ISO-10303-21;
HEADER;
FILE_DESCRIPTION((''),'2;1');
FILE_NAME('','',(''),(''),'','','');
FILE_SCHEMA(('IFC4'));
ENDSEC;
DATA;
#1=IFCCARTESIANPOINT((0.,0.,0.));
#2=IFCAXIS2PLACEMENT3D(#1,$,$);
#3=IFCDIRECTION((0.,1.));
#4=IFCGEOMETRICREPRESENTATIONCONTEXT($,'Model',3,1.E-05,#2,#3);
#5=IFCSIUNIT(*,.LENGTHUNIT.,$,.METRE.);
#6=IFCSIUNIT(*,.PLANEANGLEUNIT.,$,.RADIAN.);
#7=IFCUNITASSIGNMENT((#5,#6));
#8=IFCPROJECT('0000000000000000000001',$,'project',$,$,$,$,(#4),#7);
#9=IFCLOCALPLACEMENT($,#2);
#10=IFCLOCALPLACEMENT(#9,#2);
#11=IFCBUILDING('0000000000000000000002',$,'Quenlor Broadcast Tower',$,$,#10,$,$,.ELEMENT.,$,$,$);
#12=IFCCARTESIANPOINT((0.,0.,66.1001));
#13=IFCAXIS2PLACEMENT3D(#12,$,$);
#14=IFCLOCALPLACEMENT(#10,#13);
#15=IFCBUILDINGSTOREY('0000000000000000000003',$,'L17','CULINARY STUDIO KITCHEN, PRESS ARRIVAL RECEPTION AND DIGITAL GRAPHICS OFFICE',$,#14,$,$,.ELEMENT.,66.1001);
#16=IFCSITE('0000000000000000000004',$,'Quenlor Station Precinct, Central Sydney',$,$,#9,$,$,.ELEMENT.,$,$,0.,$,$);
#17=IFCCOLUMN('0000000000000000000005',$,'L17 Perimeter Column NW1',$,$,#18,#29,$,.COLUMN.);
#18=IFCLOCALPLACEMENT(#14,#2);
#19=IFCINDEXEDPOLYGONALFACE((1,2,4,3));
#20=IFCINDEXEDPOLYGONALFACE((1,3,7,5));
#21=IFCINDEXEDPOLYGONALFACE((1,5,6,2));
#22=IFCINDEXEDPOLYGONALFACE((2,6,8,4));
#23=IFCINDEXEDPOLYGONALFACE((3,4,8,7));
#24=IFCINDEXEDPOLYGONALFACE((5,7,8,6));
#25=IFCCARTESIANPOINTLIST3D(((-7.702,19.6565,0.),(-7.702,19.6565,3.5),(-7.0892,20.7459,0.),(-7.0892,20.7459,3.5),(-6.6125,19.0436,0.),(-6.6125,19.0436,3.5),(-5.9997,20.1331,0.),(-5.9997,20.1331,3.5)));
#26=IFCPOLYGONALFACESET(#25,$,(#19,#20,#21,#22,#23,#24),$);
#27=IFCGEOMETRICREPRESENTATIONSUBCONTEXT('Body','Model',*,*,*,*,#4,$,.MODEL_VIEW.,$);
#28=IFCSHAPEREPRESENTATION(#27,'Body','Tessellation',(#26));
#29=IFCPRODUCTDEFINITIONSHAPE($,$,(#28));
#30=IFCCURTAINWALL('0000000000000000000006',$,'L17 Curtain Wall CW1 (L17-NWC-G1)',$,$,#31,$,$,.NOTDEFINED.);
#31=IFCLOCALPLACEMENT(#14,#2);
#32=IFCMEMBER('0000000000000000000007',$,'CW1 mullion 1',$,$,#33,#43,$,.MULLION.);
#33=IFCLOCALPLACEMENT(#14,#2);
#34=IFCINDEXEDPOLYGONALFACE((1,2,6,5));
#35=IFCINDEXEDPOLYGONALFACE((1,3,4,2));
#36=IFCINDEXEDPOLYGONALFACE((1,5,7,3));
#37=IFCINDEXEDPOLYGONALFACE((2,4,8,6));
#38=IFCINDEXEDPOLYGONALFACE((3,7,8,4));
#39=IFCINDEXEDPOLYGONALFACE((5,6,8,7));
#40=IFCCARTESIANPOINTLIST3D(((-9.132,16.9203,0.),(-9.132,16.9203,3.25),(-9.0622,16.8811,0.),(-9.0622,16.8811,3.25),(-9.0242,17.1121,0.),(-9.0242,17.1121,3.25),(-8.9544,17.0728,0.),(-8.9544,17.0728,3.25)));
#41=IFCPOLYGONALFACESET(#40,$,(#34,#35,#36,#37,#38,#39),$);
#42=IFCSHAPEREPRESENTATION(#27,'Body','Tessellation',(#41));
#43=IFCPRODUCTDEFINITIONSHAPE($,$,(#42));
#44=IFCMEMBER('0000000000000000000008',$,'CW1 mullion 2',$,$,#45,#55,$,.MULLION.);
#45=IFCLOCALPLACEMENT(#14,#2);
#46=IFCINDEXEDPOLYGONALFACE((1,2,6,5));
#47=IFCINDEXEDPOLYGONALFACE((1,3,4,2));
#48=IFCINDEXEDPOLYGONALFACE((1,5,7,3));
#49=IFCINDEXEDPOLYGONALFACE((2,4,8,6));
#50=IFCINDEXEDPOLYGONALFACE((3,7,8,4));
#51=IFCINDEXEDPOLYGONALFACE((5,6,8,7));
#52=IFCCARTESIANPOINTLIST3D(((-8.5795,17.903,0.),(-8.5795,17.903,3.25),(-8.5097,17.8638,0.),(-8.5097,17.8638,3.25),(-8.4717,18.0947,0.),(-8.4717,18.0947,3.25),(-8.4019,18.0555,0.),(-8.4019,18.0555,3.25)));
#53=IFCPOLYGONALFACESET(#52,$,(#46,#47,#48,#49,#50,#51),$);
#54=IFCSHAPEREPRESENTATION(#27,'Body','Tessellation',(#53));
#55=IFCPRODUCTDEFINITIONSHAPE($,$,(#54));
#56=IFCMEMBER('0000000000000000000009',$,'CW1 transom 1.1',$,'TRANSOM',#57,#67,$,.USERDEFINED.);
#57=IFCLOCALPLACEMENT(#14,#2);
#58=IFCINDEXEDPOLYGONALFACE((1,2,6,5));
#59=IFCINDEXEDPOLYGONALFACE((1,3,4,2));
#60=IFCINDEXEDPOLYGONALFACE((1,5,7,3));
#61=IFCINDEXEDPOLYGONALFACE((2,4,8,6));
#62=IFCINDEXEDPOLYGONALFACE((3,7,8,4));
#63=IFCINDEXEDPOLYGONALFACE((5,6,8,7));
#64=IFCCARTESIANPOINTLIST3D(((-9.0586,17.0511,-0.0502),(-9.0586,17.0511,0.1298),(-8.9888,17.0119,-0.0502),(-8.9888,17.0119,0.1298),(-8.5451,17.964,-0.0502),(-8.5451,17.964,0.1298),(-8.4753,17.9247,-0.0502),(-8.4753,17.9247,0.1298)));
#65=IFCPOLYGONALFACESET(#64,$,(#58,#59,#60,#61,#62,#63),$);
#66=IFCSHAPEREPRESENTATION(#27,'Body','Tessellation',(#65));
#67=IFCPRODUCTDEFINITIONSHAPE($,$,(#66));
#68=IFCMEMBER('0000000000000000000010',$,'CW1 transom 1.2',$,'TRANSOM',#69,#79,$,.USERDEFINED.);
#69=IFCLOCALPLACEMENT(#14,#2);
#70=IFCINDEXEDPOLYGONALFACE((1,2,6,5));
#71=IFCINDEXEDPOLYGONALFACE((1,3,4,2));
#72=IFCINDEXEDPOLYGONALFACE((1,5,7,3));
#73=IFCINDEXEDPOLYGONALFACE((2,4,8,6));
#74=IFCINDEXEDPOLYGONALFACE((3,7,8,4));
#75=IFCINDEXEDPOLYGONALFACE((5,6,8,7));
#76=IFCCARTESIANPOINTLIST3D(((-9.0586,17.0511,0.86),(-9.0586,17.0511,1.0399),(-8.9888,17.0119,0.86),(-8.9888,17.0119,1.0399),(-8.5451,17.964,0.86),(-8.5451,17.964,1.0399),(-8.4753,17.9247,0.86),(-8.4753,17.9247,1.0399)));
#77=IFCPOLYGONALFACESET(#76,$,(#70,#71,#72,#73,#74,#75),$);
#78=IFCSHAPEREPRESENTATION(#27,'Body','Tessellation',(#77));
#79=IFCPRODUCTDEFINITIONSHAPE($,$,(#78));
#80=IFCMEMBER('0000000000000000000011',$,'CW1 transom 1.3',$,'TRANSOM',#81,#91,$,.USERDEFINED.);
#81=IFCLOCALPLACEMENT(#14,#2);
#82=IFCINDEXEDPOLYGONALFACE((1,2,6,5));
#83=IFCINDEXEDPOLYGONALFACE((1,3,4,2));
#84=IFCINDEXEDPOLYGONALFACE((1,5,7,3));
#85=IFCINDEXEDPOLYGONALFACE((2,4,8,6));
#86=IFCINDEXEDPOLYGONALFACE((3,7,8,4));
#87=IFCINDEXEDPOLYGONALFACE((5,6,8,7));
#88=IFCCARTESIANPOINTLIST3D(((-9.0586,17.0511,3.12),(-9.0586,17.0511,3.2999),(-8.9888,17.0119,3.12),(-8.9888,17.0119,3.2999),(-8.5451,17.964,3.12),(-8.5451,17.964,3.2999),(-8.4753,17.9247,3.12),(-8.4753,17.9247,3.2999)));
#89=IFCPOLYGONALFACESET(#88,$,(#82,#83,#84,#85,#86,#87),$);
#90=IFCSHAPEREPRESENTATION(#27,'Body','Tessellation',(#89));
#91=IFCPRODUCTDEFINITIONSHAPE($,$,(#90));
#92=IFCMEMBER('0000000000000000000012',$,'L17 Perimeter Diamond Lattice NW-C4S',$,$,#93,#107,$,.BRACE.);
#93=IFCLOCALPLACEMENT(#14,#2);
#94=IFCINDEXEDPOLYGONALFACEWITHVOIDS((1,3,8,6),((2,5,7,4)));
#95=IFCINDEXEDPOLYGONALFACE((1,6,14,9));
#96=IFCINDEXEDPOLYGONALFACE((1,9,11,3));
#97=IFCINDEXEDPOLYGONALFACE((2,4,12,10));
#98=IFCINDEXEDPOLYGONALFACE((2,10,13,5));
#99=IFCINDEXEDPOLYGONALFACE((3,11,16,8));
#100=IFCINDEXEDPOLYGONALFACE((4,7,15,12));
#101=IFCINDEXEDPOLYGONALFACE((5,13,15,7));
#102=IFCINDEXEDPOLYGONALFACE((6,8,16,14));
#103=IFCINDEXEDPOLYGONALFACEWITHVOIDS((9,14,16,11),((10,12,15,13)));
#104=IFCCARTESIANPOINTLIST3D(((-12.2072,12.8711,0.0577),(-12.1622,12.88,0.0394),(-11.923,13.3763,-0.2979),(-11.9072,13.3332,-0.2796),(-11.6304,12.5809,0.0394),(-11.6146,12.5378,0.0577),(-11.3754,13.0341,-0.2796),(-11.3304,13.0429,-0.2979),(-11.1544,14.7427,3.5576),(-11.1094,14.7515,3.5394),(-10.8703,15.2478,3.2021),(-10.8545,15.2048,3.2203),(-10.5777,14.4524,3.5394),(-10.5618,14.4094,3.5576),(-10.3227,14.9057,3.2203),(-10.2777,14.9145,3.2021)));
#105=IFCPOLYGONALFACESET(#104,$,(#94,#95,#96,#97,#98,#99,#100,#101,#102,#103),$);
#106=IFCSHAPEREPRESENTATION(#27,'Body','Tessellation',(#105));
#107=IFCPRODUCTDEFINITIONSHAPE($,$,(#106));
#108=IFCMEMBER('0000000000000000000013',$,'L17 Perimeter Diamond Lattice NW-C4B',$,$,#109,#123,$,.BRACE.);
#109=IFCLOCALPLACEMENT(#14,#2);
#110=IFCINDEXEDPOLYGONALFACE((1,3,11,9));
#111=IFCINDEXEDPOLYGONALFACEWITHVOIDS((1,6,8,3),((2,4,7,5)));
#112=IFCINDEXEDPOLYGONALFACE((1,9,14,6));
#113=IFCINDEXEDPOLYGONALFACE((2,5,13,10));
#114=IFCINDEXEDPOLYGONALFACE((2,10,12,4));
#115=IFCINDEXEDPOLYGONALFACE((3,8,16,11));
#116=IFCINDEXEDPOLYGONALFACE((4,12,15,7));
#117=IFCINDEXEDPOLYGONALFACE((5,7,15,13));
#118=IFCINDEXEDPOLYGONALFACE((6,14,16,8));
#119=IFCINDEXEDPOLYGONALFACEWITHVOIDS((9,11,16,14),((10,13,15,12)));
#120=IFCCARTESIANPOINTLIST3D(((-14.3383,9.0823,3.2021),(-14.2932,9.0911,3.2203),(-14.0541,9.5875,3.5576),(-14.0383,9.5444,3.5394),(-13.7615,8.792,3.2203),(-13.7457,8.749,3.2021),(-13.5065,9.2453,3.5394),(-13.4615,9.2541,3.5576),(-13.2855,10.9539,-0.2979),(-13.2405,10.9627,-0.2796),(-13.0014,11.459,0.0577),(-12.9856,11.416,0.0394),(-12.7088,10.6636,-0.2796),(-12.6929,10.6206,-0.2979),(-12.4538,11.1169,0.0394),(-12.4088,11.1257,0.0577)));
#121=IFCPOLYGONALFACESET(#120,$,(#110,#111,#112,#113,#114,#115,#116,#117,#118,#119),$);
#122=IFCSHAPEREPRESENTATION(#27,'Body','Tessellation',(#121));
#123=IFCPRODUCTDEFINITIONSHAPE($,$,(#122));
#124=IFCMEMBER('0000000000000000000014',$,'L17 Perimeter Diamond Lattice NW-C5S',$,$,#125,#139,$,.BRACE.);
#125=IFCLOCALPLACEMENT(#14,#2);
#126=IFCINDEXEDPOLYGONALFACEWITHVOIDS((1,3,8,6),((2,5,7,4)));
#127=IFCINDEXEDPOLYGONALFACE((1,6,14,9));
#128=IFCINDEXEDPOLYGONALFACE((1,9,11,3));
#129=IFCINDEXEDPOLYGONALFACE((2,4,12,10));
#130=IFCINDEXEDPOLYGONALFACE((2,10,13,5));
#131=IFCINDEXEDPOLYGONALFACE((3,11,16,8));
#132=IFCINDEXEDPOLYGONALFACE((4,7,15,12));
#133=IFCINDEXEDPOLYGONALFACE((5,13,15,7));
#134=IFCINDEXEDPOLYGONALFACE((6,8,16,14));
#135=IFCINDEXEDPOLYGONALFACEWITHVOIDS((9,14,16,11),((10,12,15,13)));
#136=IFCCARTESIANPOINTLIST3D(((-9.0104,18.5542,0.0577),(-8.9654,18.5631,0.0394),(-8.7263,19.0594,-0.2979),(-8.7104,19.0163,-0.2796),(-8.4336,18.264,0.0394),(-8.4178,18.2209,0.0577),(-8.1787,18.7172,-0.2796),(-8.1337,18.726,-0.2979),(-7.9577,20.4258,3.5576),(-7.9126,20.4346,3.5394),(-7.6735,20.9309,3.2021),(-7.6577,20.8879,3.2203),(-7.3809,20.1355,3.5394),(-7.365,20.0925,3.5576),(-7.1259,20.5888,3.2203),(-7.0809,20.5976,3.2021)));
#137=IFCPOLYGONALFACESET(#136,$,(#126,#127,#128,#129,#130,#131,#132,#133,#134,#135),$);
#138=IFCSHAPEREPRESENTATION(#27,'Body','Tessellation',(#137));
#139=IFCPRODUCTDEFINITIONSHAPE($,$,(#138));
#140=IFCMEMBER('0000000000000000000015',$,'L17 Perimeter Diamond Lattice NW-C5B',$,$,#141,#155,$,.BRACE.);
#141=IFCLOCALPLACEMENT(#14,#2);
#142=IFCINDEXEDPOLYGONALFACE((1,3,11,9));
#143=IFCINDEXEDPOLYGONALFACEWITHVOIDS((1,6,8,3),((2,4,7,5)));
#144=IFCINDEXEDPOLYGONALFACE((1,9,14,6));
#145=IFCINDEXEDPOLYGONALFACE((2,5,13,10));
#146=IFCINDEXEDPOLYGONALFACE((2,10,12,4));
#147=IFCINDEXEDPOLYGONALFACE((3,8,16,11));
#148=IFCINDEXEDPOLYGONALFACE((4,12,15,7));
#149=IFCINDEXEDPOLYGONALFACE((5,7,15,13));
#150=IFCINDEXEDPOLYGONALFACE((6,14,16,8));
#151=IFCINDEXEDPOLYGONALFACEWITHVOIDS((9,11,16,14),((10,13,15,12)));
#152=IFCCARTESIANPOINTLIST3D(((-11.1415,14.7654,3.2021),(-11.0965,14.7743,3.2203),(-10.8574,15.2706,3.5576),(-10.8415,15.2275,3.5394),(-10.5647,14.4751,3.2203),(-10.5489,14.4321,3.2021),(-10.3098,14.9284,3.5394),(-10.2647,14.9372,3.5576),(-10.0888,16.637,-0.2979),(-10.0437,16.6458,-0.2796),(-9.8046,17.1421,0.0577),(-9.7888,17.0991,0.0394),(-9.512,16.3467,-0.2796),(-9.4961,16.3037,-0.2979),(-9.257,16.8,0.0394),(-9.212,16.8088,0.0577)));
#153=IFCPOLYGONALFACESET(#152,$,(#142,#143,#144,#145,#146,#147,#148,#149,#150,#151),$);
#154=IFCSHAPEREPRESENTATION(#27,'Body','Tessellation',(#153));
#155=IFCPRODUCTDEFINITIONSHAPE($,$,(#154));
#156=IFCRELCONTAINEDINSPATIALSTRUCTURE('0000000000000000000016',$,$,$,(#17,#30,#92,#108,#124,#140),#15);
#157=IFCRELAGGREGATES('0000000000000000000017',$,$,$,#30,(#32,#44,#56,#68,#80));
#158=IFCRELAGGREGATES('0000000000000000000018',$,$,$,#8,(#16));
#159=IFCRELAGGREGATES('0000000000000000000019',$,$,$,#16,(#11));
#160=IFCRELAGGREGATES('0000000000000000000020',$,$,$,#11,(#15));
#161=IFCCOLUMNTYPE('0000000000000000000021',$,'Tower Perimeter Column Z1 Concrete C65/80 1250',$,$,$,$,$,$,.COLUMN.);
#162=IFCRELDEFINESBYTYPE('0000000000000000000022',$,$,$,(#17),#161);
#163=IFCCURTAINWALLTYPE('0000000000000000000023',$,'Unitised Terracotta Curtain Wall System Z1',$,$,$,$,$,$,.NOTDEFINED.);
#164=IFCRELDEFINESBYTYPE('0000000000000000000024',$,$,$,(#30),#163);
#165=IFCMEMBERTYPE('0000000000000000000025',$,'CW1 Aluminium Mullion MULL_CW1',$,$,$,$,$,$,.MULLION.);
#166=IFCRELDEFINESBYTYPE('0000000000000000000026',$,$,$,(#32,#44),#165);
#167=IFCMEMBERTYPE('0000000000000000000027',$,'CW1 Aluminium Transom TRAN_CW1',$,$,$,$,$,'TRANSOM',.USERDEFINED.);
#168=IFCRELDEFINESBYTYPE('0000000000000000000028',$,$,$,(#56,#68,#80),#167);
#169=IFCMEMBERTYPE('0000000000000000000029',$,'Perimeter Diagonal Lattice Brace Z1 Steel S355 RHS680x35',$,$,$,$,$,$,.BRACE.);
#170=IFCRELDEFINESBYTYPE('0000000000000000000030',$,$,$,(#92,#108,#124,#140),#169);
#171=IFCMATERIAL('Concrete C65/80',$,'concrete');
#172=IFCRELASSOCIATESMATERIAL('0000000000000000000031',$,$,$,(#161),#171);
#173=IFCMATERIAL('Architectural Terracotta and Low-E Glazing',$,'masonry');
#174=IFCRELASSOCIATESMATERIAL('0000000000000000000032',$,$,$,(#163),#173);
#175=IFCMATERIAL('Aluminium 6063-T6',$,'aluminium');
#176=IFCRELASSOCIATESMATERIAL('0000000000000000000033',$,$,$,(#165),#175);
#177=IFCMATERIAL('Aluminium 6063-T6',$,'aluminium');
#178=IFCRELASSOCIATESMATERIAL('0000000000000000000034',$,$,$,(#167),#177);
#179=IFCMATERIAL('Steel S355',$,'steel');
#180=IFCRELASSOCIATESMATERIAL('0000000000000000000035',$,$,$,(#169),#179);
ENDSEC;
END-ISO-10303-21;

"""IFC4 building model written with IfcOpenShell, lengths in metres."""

from ifc_helpers import new_model, si_unit, direction, frame, origin, origin_2d, place, context, subcontext, project, spatial, rectangle, hollow_rectangle, extrude, material, material_profile, profile_set, type_object, element, aggregate, save


model = new_model("IFC4")

# Units and contexts
model_context = context("Model", 3, precision=1e-05, world=origin(), true_north=direction((0.0, 1.0)))
body_context = subcontext(model_context, "Body", "Model", "MODEL_VIEW")
ifc_project = project(units=[si_unit("LENGTHUNIT", "METRE"), si_unit("PLANEANGLEUNIT", "RADIAN")], contexts=[model_context])

# Site, building, storey
site_placement = place(None, origin())
site = spatial("IfcSite", under=ifc_project, at=site_placement, Name="Quenlor Station Precinct, Central Sydney", CompositionType="ELEMENT", RefElevation=0.0)
building_placement = place(site_placement, origin())
building = spatial("IfcBuilding", under=site, at=building_placement, Name="Quenlor Broadcast Tower", CompositionType="ELEMENT")
storey_placement = place(building_placement, frame((0.0, 0.0, 66.1001)))
storey = spatial("IfcBuildingStorey", under=building, at=storey_placement, Name="L17", Description="CULINARY STUDIO KITCHEN, PRESS ARRIVAL RECEPTION AND DIGITAL GRAPHICS OFFICE", CompositionType="ELEMENT", Elevation=66.1001)

# Column
ifc_material_1 = material(Name="Concrete C65/80", Category="concrete")
ifc_material_profile_1 = material_profile(ifc_material_1, rectangle(XDim=1.25, YDim=1.25, at=origin_2d()))
ifc_profile_set_1 = profile_set([ifc_material_profile_1], Name="Concrete C65/80 RC1250x1250")
column_type = type_object("IfcColumnType", Name="Tower Perimeter Column Z1 Concrete C65/80 1250", PredefinedType="COLUMN", material=ifc_profile_set_1)
column_placement = place(storey_placement, frame((-6.8508, 19.8948, 0.0), z_axis=(0.0, 0.0, 1.0), x_axis=(-0.871575, 0.490262, 0.0)))
element("IfcColumn", 1, at=column_placement, inside=storey, type_object=column_type, Name="L17 Perimeter Column NW1", PredefinedType="COLUMN", context=body_context, shape_type="SweptSolid", body=[
    extrude(rectangle(XDim=1.25, YDim=1.25, at=origin_2d()), origin(), (0.0, 0.0, 1.0), 3.5),
])

# Curtain wall, members
ifc_material_2 = material(Name="Architectural Terracotta and Low-E Glazing", Category="masonry")
curtain_wall_type = type_object("IfcCurtainWallType", Name="Unitised Terracotta Curtain Wall System Z1", PredefinedType="NOTDEFINED", material=ifc_material_2)
curtain_wall_placement = place(storey_placement, origin())
curtain_wall = element("IfcCurtainWall", 2, at=curtain_wall_placement, inside=storey, type_object=curtain_wall_type, Name="L17 Curtain Wall CW1 (L17-NWC-G1)", PredefinedType="NOTDEFINED")
ifc_material_3 = material(Name="Aluminium 6063-T6", Category="aluminium")
ifc_material_profile_2 = material_profile(ifc_material_3, rectangle(XDim=0.0801, YDim=0.22, at=origin_2d()))
ifc_profile_set_2 = profile_set([ifc_material_profile_2], Name="Aluminium 6063-T6 MULL80x220")
member_type_1 = type_object("IfcMemberType", Name="CW1 Aluminium Mullion MULL_CW1", PredefinedType="MULLION", material=ifc_profile_set_2)
member_1_placement = place(storey_placement, frame((-9.0432, 16.9966, 0.0), z_axis=(0.0, 0.0, 1.0), x_axis=(-0.871602, 0.490214, 0.0)))
member_1 = element("IfcMember", 3, at=member_1_placement, type_object=member_type_1, Name="CW1 mullion 1", PredefinedType="MULLION", context=body_context, shape_type="SweptSolid", body=[
    extrude(rectangle(XDim=0.0801, YDim=0.22, at=origin_2d()), origin(), (0.0, 0.0, 1.0), 3.25),
])
member_2_placement = place(storey_placement, frame((-8.4907, 17.9792, 0.0), z_axis=(0.0, 0.0, 1.0), x_axis=(-0.871602, 0.490214, 0.0)))
member_2 = element("IfcMember", 4, at=member_2_placement, type_object=member_type_1, Name="CW1 mullion 2", PredefinedType="MULLION", context=body_context, shape_type="SweptSolid", body=[
    extrude(rectangle(XDim=0.0801, YDim=0.22, at=origin_2d()), origin(), (0.0, 0.0, 1.0), 3.25),
])
ifc_material_4 = material(Name="Aluminium 6063-T6", Category="aluminium")
ifc_material_profile_3 = material_profile(ifc_material_4, rectangle(XDim=0.0801, YDim=0.1799, at=origin_2d()))
ifc_profile_set_3 = profile_set([ifc_material_profile_3], Name="Aluminium 6063-T6 TRAN80x180")
member_type_2 = type_object("IfcMemberType", Name="CW1 Aluminium Transom TRAN_CW1", ElementType="TRANSOM", PredefinedType="USERDEFINED", material=ifc_profile_set_3)
member_3_placement = place(storey_placement, frame((-9.0237, 17.0315, 0.0398), z_axis=(0.490228, 0.871594, 0.0), x_axis=(-0.871594, 0.490228, 0.0)))
member_3 = element("IfcMember", 5, at=member_3_placement, type_object=member_type_2, Name="CW1 transom 1.1", ObjectType="TRANSOM", PredefinedType="USERDEFINED", context=body_context, shape_type="SweptSolid", body=[
    extrude(rectangle(XDim=0.0801, YDim=0.1799, at=origin_2d()), origin(), (0.0, 0.0, 1.0), 1.0474),
])
member_4_placement = place(storey_placement, frame((-9.0237, 17.0315, 0.95), z_axis=(0.490228, 0.871594, 0.0), x_axis=(-0.871594, 0.490228, 0.0)))
member_4 = element("IfcMember", 6, at=member_4_placement, type_object=member_type_2, Name="CW1 transom 1.2", ObjectType="TRANSOM", PredefinedType="USERDEFINED", context=body_context, shape_type="SweptSolid", body=[
    extrude(rectangle(XDim=0.0801, YDim=0.1799, at=origin_2d()), origin(), (0.0, 0.0, 1.0), 1.0474),
])
member_5_placement = place(storey_placement, frame((-9.0237, 17.0315, 3.21), z_axis=(0.490228, 0.871594, 0.0), x_axis=(-0.871594, 0.490228, 0.0)))
member_5 = element("IfcMember", 7, at=member_5_placement, type_object=member_type_2, Name="CW1 transom 1.3", ObjectType="TRANSOM", PredefinedType="USERDEFINED", context=body_context, shape_type="SweptSolid", body=[
    extrude(rectangle(XDim=0.0801, YDim=0.1799, at=origin_2d()), origin(), (0.0, 0.0, 1.0), 1.0474),
])

# Members
ifc_material_5 = material(Name="Steel S355", Category="steel")
ifc_material_profile_4 = material_profile(ifc_material_5, hollow_rectangle(XDim=0.6799, YDim=0.6799, WallThickness=0.0349, at=origin_2d()))
ifc_profile_set_4 = profile_set([ifc_material_profile_4], Name="Steel S355 RHS680x680x35")
member_type_3 = type_object("IfcMemberType", Name="Perimeter Diagonal Lattice Brace Z1 Steel S355 RHS680x35", PredefinedType="BRACE", material=ifc_profile_set_4)
for number, where, z_axis, x_axis, name in (
    (8, (-11.7688, 12.957, -0.1201), (0.256375, 0.455792, 0.852365), (-0.871582, 0.49025, 0.0), "L17 Perimeter Diamond Lattice NW-C4S"),
    (9, (-12.8472, 11.0398, -0.1201), (-0.256375, -0.455792, 0.852365), (0.871582, -0.49025, 0.0), "L17 Perimeter Diamond Lattice NW-C4B"),
    (10, (-8.572, 18.6401, -0.1201), (0.256375, 0.455792, 0.852365), (-0.871582, 0.49025, 0.0), "L17 Perimeter Diamond Lattice NW-C5S"),
    (11, (-9.6504, 16.7229, -0.1201), (-0.256375, -0.455792, 0.852365), (0.871582, -0.49025, 0.0), "L17 Perimeter Diamond Lattice NW-C5B"),
):
    element("IfcMember", number, at=place(storey_placement, frame(where, z_axis=z_axis, x_axis=x_axis)), inside=storey, type_object=member_type_3, Name=name, PredefinedType="BRACE", context=body_context, shape_type="SweptSolid", body=[
        extrude(hollow_rectangle(XDim=0.6799, YDim=0.6799, WallThickness=0.0349, at=origin_2d()), origin(), (0.0, 0.0, 1.0), 4.1062),
    ])

aggregate(curtain_wall, [member_1, member_2, member_3, member_4, member_5])

save(model, "model.ifc")
